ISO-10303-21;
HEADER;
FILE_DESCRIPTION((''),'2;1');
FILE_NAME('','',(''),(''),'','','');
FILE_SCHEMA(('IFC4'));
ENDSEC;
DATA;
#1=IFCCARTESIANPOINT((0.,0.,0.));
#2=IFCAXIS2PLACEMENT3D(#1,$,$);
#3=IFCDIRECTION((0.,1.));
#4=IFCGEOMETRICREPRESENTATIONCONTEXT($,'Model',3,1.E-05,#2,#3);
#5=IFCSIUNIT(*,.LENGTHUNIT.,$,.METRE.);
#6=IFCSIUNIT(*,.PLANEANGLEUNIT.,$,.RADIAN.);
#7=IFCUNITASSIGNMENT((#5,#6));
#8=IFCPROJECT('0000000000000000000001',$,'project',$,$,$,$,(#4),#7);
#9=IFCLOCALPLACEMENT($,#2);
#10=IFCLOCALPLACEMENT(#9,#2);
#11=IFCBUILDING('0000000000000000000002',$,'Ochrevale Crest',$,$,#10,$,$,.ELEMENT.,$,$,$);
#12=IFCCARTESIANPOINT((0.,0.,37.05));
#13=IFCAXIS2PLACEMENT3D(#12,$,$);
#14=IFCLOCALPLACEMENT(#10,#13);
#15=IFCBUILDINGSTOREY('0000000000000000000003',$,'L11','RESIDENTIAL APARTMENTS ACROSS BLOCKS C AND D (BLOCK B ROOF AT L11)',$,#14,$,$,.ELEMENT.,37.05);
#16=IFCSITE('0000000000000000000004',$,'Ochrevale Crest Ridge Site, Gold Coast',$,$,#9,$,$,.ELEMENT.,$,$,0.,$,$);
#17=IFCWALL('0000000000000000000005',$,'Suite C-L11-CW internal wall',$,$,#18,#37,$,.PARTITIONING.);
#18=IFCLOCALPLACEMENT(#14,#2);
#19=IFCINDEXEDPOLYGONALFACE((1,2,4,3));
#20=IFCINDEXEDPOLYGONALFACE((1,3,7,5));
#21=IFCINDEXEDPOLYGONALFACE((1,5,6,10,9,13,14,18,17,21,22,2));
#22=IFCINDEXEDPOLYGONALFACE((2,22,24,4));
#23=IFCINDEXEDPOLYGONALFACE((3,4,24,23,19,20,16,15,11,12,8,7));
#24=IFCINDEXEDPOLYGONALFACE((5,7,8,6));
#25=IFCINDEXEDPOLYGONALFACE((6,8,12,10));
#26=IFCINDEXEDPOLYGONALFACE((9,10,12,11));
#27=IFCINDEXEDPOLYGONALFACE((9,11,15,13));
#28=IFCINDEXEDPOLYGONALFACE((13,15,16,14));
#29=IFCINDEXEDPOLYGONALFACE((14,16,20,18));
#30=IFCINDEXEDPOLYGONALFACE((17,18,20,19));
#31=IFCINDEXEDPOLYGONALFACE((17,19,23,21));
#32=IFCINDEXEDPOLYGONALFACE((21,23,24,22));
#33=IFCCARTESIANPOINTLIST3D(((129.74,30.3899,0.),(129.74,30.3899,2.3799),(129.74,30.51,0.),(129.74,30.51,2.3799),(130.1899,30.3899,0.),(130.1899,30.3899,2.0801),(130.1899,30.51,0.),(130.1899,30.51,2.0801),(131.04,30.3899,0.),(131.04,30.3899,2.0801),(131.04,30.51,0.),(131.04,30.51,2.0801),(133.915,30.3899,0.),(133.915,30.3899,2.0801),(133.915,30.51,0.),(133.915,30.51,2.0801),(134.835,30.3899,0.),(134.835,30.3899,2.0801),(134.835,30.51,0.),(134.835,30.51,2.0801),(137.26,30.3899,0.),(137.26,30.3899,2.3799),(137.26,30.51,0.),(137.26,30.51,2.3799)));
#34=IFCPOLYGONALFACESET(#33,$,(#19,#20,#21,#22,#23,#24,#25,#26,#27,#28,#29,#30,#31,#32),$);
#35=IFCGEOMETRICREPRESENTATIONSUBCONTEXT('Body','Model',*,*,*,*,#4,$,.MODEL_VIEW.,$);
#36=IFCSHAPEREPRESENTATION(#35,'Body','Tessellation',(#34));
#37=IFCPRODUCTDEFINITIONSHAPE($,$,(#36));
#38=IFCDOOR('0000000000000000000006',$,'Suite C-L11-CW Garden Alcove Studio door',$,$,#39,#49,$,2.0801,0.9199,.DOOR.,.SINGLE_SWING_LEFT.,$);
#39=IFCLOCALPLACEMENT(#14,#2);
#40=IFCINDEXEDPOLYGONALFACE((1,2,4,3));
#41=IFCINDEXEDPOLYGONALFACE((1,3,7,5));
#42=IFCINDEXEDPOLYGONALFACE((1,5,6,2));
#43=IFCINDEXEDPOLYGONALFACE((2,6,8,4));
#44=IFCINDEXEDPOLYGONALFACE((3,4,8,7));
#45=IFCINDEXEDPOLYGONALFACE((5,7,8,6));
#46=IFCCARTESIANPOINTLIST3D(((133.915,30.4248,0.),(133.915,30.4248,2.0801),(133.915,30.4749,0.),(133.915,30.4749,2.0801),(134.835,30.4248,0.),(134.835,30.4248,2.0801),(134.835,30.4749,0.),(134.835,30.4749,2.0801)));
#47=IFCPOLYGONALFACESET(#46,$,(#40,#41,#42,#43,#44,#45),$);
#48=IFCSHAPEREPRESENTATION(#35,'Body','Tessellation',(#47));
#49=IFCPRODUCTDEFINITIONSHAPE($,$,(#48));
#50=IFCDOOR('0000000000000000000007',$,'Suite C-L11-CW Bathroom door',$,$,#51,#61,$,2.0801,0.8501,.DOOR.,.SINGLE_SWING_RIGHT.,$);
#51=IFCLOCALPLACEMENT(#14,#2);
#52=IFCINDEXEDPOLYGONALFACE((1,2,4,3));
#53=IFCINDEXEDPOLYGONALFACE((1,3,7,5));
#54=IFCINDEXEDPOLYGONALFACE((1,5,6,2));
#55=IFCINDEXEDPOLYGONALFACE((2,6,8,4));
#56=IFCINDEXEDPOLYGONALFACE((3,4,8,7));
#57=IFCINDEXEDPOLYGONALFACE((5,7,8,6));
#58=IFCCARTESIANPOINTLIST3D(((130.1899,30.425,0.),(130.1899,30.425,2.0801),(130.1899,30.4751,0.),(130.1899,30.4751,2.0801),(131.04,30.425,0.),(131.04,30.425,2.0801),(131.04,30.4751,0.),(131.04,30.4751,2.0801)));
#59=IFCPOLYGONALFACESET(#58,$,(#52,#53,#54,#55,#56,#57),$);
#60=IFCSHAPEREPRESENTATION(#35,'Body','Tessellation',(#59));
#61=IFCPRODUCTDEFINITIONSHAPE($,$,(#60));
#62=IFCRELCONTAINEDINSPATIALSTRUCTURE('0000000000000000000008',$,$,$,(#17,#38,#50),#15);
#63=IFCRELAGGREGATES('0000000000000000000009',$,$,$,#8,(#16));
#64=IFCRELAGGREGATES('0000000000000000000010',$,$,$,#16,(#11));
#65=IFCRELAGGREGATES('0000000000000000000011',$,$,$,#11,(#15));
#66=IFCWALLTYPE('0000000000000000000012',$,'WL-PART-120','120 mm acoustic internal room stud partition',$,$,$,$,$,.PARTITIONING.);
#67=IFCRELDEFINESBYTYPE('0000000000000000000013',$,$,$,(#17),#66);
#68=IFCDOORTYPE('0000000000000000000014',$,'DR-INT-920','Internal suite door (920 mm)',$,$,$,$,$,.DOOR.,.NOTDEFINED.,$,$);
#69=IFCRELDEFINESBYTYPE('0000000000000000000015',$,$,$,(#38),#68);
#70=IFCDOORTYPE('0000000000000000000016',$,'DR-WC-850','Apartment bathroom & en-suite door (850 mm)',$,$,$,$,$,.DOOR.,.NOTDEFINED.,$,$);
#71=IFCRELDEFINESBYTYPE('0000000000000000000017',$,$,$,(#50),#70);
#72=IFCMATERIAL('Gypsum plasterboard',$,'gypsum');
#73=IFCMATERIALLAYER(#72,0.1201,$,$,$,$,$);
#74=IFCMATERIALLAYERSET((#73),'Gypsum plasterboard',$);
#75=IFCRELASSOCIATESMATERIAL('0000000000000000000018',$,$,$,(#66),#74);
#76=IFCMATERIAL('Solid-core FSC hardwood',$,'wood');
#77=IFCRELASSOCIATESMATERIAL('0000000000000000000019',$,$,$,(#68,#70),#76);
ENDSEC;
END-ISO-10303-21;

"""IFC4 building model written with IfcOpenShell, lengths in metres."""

from ifc_helpers import new_model, si_unit, direction, frame, frame_2d, origin, place, context, subcontext, project, spatial, rectangle, extrude, material, layer, layer_set, type_object, element, fill, save


model = new_model("IFC4")

# Units and contexts
model_context = context("Model", 3, precision=1e-05, world=origin(), true_north=direction((0.0, 1.0)))
body_context = subcontext(model_context, "Body", "Model", "MODEL_VIEW")
ifc_project = project(units=[si_unit("LENGTHUNIT", "METRE"), si_unit("PLANEANGLEUNIT", "RADIAN")], contexts=[model_context])

# Site, building, storey
site_placement = place(None, origin())
site = spatial("IfcSite", under=ifc_project, at=site_placement, Name="Ochrevale Crest Ridge Site, Gold Coast", CompositionType="ELEMENT", RefElevation=0.0)
building_placement = place(site_placement, origin())
building = spatial("IfcBuilding", under=site, at=building_placement, Name="Ochrevale Crest", CompositionType="ELEMENT")
storey_placement = place(building_placement, frame((0.0, 0.0, 37.05)))
storey = spatial("IfcBuildingStorey", under=building, at=storey_placement, Name="L11", Description="RESIDENTIAL APARTMENTS ACROSS BLOCKS C AND D (BLOCK B ROOF AT L11)", CompositionType="ELEMENT", Elevation=37.05)

# Wall, openings, doors
ifc_material_1 = material(Name="Gypsum plasterboard", Category="gypsum")
ifc_layer_1 = layer(ifc_material_1, 0.1201)
ifc_layer_set_1 = layer_set([ifc_layer_1], Name="Gypsum plasterboard")
wall_type_1 = type_object("IfcWallType", Name="WL-PART-120", Description="120 mm acoustic internal room stud partition", PredefinedType="PARTITIONING", material=ifc_layer_set_1)
wall_1_placement = place(storey_placement, frame((129.74, 30.45, 0.0), z_axis=(0.0, 0.0, 1.0), x_axis=(1.0, 0.0, 0.0)))
wall_1 = element("IfcWall", 1, at=wall_1_placement, inside=storey, type_object=wall_type_1, Name="Suite C-L11-CW internal wall", PredefinedType="PARTITIONING", context=body_context, shape_type="SweptSolid", body=[
    extrude(rectangle(XDim=7.52, YDim=0.1201, at=frame_2d((3.76, 0.0))), origin(), (0.0, 0.0, 1.0), 2.3799),
])
opening_1_placement = place(wall_1_placement, frame((1.3, 0.0, 0.0), z_axis=(0.0, 0.0, 1.0), x_axis=(-1.0, 0.0, 0.0)))
opening_1 = element("IfcOpeningElement", 2, at=opening_1_placement, cuts=wall_1, PredefinedType="OPENING", context=body_context, shape_type="SweptSolid", body=[
    extrude(rectangle(XDim=0.8501, YDim=2.0801, at=frame_2d((0.425, 1.04))), frame((0.0, 0.0701, 0.0), z_axis=(0.0, -1.0, 0.0), x_axis=(1.0, 0.0, 0.0)), (0.0, 0.0, 1.0), 0.1401),
])
opening_2_placement = place(wall_1_placement, frame((4.175, 0.0, 0.0)))
opening_2 = element("IfcOpeningElement", 3, at=opening_2_placement, cuts=wall_1, PredefinedType="OPENING", context=body_context, shape_type="SweptSolid", body=[
    extrude(rectangle(XDim=0.9199, YDim=2.0801, at=frame_2d((0.46, 1.04))), frame((0.0, 0.0701, 0.0), z_axis=(0.0, -1.0, 0.0), x_axis=(1.0, 0.0, 0.0)), (0.0, 0.0, 1.0), 0.1401),
])
ifc_material_2 = material(Name="Solid-core FSC hardwood", Category="wood")
door_type_1 = type_object("IfcDoorType", Name="DR-INT-920", Description="Internal suite door (920 mm)", OperationType="NOTDEFINED", PredefinedType="DOOR", material=ifc_material_2)
door_1_placement = place(opening_2_placement, origin())
door_1 = element("IfcDoor", 4, at=door_1_placement, inside=storey, type_object=door_type_1, Name="Suite C-L11-CW Garden Alcove Studio door", OperationType="SINGLE_SWING_LEFT", OverallHeight=2.0801, OverallWidth=0.9199, PredefinedType="DOOR", context=body_context, shape_type="SweptSolid", body=[
    extrude(rectangle(XDim=0.9199, YDim=2.0801, at=frame_2d((0.46, 1.04))), frame((0.0, 0.0249, 0.0), z_axis=(0.0, -1.0, 0.0), x_axis=(1.0, 0.0, 0.0)), (0.0, 0.0, 1.0), 0.05),
])
fill(opening_2, door_1)
door_type_2 = type_object("IfcDoorType", Name="DR-WC-850", Description="Apartment bathroom & en-suite door (850 mm)", OperationType="NOTDEFINED", PredefinedType="DOOR", material=ifc_material_2)
door_2_placement = place(opening_1_placement, origin())
door_2 = element("IfcDoor", 5, at=door_2_placement, inside=storey, type_object=door_type_2, Name="Suite C-L11-CW Bathroom door", OperationType="SINGLE_SWING_RIGHT", OverallHeight=2.0801, OverallWidth=0.8501, PredefinedType="DOOR", context=body_context, shape_type="SweptSolid", body=[
    extrude(rectangle(XDim=0.8501, YDim=2.0801, at=frame_2d((0.425, 1.04))), frame((0.0, 0.0249, 0.0), z_axis=(0.0, -1.0, 0.0), x_axis=(1.0, 0.0, 0.0)), (0.0, 0.0, 1.0), 0.05),
])
fill(opening_1, door_2)

save(model, "model.ifc")
